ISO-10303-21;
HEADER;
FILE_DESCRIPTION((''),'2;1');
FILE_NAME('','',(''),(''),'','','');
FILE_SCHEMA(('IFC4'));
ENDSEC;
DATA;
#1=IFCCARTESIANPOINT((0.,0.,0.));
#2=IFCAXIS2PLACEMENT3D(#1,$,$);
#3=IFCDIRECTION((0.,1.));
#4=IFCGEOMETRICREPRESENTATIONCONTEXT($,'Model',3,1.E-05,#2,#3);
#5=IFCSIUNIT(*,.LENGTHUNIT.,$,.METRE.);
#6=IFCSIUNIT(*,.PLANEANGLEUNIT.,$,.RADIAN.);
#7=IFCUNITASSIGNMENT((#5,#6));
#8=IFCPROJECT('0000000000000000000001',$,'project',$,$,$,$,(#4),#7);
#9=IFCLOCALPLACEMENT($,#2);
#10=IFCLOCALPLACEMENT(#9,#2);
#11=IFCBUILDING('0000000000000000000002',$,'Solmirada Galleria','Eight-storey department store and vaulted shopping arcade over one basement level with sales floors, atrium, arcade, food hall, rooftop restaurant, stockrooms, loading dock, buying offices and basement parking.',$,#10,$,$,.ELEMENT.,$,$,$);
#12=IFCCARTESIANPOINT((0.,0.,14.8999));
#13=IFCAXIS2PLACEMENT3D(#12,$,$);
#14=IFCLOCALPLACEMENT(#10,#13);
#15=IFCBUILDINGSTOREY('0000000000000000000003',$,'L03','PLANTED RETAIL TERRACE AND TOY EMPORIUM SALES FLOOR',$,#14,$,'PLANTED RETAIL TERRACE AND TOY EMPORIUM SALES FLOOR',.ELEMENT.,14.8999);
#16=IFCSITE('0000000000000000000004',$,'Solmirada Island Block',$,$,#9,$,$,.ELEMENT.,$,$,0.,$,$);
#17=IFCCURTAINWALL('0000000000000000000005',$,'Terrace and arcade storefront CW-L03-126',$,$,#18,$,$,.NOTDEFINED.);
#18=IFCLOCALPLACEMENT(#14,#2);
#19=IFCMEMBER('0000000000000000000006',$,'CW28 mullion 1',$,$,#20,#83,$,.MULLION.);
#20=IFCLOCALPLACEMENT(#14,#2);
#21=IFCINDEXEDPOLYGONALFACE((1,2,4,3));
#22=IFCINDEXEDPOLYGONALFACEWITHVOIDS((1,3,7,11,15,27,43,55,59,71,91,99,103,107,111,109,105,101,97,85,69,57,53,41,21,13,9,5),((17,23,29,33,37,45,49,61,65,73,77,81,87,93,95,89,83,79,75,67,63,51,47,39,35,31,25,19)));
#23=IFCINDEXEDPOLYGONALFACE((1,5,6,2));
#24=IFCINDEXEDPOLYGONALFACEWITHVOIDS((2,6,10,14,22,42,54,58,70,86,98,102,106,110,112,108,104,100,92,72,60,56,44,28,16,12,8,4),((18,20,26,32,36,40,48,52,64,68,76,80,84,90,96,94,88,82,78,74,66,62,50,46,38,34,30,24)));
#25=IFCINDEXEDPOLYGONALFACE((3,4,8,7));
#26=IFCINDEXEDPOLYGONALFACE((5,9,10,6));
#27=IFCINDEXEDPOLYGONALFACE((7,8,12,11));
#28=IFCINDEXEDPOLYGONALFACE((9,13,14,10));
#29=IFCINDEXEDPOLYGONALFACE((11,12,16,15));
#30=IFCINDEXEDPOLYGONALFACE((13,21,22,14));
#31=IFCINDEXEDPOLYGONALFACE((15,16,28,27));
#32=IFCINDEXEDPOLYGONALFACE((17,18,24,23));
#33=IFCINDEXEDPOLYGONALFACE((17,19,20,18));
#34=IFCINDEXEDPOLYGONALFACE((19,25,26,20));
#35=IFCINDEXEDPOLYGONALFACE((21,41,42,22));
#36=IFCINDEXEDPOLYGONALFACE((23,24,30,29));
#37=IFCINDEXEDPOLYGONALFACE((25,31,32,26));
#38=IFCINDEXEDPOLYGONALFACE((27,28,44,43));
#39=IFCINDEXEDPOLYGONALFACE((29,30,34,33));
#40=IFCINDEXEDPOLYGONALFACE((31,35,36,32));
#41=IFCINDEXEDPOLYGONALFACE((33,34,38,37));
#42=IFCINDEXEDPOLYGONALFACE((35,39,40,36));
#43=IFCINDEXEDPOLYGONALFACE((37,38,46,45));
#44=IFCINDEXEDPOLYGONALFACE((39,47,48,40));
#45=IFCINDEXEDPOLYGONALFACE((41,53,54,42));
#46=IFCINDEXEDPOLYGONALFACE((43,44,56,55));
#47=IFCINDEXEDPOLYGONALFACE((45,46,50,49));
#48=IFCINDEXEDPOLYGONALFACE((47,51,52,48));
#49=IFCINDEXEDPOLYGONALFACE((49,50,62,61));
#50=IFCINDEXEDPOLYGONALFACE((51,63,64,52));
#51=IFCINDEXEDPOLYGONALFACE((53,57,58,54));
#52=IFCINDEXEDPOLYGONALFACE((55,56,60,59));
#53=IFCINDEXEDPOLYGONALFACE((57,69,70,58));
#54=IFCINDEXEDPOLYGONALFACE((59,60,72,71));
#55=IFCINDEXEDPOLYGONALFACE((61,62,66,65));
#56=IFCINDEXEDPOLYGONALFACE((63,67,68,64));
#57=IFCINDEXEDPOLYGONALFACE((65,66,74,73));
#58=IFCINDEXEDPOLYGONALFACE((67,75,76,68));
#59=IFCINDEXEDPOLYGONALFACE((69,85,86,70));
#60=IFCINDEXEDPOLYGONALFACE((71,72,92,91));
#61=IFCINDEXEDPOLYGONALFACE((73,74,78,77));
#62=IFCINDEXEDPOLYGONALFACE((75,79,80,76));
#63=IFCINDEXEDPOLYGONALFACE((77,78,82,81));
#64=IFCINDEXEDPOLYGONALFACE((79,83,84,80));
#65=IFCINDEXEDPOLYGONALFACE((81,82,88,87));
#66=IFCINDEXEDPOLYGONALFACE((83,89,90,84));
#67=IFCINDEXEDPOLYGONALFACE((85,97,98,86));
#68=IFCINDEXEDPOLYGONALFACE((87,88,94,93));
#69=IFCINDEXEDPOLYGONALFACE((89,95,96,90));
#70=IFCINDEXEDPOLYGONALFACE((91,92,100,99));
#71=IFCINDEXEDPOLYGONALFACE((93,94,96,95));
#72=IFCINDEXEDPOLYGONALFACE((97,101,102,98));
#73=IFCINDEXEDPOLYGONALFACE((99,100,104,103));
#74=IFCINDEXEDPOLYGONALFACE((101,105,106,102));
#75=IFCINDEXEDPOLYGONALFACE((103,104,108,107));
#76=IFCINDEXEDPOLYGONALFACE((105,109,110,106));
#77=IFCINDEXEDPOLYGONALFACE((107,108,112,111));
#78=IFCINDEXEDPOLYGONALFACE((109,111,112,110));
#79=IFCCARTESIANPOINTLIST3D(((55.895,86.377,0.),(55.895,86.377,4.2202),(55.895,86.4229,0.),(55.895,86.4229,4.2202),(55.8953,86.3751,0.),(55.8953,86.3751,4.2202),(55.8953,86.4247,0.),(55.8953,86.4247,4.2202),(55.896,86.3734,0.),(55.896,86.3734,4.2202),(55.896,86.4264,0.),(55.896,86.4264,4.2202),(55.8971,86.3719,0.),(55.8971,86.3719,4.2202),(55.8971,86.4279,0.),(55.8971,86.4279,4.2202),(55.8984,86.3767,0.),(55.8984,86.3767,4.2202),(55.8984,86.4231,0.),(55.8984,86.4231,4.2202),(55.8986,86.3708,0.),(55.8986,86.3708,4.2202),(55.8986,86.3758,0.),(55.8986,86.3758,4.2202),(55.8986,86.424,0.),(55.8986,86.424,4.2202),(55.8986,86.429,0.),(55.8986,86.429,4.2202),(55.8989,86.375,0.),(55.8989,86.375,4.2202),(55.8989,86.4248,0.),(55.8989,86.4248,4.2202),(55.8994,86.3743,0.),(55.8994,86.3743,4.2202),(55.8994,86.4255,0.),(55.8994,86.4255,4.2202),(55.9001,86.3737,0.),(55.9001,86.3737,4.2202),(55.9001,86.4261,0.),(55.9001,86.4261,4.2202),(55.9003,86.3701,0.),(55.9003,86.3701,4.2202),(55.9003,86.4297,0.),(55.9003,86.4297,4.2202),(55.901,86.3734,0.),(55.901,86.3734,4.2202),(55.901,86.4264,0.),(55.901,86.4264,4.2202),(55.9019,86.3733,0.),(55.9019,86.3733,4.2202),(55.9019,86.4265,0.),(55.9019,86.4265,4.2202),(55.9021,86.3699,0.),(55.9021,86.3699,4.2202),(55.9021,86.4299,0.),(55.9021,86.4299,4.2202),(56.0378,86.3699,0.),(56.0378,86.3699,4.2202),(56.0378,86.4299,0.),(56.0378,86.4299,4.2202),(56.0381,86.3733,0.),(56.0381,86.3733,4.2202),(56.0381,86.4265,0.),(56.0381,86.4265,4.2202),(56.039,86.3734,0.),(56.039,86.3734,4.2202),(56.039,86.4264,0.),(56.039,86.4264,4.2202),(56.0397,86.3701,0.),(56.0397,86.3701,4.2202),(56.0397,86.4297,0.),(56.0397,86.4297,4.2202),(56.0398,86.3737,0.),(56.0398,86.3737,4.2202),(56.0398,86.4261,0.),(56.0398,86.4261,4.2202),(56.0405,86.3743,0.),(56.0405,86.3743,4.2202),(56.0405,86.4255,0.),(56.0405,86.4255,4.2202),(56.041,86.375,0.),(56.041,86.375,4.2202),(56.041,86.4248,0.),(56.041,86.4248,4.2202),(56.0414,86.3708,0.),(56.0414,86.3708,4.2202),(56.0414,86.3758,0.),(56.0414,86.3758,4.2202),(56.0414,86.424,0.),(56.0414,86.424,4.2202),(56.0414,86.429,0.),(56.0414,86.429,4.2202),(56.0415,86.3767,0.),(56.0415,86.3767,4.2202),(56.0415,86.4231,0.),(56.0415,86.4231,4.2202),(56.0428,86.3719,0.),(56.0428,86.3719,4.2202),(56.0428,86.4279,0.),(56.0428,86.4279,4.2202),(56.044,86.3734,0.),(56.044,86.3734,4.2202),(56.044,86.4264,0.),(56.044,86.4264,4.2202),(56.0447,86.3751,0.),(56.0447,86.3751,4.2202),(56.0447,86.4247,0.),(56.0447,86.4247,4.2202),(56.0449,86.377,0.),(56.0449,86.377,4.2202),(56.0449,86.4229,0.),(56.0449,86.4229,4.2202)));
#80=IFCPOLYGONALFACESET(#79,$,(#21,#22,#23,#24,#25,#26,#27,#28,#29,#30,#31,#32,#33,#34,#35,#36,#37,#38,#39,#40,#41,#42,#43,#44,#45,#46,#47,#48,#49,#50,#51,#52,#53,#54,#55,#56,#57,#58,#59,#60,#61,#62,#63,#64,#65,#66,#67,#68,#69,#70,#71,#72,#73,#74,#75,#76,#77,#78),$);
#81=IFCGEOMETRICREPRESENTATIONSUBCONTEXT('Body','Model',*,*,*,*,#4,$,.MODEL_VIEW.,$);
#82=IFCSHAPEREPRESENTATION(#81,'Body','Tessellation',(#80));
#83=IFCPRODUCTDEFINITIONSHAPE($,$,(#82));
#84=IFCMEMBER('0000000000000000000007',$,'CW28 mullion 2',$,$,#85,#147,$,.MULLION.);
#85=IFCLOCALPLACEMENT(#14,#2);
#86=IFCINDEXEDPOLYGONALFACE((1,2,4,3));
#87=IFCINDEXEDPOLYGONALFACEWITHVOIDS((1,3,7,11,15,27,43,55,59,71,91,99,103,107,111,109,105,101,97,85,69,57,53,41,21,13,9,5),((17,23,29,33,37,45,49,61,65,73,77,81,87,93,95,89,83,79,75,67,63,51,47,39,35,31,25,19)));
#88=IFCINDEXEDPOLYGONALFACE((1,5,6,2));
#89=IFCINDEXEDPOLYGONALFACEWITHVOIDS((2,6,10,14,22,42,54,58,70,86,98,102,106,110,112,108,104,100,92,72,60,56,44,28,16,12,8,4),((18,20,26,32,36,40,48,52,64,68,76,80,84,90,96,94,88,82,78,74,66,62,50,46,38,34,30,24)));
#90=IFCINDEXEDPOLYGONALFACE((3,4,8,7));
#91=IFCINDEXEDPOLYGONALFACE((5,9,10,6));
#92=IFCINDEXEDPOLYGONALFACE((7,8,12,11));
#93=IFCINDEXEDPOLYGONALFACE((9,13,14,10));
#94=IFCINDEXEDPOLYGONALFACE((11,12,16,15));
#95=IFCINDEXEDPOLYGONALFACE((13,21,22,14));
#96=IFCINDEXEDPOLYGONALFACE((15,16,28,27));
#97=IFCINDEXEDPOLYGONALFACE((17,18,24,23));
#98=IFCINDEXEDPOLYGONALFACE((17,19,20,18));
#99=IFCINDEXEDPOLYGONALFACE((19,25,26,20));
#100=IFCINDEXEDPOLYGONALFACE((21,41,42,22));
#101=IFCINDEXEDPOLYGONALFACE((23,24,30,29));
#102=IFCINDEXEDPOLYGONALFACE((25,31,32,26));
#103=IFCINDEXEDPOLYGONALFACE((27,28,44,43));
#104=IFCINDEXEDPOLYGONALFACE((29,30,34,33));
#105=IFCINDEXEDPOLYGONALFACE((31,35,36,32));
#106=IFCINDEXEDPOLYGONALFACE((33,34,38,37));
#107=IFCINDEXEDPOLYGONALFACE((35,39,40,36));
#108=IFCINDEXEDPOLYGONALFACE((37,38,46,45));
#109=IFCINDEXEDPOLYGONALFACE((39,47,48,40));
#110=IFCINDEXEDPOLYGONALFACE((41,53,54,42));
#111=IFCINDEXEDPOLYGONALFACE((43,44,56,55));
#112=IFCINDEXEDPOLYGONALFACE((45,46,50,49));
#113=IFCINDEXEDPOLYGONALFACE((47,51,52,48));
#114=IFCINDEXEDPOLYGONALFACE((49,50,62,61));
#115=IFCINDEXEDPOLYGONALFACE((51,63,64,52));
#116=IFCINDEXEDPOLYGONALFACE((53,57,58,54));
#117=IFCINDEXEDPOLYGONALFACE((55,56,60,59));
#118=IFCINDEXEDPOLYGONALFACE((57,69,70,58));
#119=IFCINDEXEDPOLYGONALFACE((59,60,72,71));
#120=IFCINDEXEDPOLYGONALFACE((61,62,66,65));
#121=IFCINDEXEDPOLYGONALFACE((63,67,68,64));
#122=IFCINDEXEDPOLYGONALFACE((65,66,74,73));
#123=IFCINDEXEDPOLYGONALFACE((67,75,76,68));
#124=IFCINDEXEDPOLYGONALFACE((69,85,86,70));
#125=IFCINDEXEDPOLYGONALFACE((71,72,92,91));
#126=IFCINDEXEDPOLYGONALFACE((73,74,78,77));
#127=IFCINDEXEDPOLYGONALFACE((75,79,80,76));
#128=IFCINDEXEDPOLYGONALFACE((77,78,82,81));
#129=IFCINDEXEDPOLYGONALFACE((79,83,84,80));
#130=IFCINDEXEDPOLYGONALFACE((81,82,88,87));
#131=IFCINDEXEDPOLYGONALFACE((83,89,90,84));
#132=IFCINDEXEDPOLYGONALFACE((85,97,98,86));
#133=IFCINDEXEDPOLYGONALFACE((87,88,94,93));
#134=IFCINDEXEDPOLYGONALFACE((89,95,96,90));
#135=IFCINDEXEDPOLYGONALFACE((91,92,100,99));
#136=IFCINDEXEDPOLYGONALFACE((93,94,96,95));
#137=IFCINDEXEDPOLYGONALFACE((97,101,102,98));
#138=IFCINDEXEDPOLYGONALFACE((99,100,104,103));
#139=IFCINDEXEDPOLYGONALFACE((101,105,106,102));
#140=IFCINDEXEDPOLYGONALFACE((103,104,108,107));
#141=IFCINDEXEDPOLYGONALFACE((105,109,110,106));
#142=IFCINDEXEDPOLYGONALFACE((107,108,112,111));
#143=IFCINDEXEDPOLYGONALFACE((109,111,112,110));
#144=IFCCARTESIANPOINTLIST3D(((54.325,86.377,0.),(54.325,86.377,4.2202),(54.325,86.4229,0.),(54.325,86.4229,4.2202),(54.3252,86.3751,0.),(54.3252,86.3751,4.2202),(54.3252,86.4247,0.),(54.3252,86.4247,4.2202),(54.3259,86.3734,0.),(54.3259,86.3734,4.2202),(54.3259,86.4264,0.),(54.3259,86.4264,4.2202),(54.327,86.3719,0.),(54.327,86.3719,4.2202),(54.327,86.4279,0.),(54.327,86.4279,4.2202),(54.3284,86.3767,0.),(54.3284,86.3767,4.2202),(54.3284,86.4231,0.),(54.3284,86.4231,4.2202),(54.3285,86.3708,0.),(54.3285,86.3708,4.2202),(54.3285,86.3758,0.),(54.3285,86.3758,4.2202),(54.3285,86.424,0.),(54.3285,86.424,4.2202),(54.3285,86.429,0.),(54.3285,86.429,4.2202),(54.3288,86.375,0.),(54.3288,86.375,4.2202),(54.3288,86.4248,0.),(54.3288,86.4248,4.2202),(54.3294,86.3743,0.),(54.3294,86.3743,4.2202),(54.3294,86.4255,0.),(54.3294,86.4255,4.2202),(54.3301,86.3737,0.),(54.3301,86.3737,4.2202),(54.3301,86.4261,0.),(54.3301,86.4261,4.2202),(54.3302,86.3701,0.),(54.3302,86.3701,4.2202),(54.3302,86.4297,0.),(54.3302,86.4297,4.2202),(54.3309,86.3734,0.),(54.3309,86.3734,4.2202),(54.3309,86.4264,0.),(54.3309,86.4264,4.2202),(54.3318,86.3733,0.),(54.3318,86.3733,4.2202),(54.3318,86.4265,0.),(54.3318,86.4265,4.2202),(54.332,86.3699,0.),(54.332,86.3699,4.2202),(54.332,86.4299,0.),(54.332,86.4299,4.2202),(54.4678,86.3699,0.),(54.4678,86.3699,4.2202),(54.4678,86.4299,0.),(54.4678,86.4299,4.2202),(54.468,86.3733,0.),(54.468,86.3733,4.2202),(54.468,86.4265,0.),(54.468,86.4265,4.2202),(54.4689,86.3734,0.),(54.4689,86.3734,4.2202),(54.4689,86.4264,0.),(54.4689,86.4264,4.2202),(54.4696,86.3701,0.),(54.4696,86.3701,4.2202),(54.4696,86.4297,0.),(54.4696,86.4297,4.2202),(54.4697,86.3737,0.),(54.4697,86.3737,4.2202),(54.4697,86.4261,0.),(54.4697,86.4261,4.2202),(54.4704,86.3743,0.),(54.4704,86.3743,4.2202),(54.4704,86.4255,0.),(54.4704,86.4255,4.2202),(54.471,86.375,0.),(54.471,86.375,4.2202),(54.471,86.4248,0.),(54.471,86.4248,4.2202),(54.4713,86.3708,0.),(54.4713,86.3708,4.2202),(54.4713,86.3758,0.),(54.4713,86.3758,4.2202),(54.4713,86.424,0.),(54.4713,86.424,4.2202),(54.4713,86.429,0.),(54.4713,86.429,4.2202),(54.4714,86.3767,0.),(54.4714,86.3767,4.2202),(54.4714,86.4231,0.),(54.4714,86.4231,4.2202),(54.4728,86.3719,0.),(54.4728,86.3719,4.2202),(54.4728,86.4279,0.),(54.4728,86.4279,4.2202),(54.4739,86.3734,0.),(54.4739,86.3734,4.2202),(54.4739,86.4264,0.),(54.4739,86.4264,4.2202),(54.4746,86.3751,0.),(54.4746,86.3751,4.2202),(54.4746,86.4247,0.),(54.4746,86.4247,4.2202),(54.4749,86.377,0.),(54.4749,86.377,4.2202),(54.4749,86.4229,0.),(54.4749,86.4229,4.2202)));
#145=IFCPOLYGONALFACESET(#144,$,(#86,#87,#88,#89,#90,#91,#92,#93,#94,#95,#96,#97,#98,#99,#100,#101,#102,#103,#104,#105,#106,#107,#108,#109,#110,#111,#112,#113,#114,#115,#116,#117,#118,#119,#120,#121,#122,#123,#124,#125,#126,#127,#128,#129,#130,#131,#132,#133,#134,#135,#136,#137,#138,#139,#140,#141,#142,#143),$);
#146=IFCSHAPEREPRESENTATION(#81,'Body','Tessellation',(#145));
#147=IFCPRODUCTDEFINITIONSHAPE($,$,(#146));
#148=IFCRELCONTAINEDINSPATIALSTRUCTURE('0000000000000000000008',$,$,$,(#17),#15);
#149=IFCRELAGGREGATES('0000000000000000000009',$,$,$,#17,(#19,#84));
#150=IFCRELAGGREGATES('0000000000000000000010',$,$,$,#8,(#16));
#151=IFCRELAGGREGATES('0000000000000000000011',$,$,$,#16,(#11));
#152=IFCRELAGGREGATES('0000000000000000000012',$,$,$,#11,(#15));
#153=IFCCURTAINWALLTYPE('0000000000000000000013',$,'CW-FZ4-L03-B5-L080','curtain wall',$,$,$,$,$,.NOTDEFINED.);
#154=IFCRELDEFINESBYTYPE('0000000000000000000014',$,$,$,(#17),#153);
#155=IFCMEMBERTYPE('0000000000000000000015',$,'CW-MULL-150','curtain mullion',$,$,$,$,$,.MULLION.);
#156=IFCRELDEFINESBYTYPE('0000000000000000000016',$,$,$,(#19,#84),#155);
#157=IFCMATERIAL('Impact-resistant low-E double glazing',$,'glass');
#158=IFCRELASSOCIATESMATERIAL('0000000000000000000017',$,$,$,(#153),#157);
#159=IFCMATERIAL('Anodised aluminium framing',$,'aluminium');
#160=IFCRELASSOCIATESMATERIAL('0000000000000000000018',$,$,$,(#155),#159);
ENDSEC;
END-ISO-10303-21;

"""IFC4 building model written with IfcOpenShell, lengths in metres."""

from ifc_helpers import new_model, si_unit, direction, frame, origin, origin_2d, place, context, subcontext, project, spatial, hollow_rectangle, extrude, material, material_profile, profile_set, type_object, element, aggregate, save


model = new_model("IFC4")

# Units and contexts
model_context = context("Model", 3, precision=1e-05, world=origin(), true_north=direction((0.0, 1.0)))
body_context = subcontext(model_context, "Body", "Model", "MODEL_VIEW")
ifc_project = project(units=[si_unit("LENGTHUNIT", "METRE"), si_unit("PLANEANGLEUNIT", "RADIAN")], contexts=[model_context])

# Site, building, storey
site_placement = place(None, origin())
site = spatial("IfcSite", under=ifc_project, at=site_placement, Name="Solmirada Island Block", CompositionType="ELEMENT", RefElevation=0.0)
building_placement = place(site_placement, origin())
building = spatial("IfcBuilding", under=site, at=building_placement, Name="Solmirada Galleria", Description="Eight-storey department store and vaulted shopping arcade over one basement level with sales floors, atrium, arcade, food hall, rooftop restaurant, stockrooms, loading dock, buying offices and basement parking.", CompositionType="ELEMENT")
storey_placement = place(building_placement, frame((0.0, 0.0, 14.8999)))
storey = spatial("IfcBuildingStorey", under=building, at=storey_placement, Name="L03", Description="PLANTED RETAIL TERRACE AND TOY EMPORIUM SALES FLOOR", LongName="PLANTED RETAIL TERRACE AND TOY EMPORIUM SALES FLOOR", CompositionType="ELEMENT", Elevation=14.8999)

# Curtain wall, members
ifc_material_1 = material(Name="Impact-resistant low-E double glazing", Category="glass")
curtain_wall_type = type_object("IfcCurtainWallType", Name="CW-FZ4-L03-B5-L080", Description="curtain wall", PredefinedType="NOTDEFINED", material=ifc_material_1)
curtain_wall_placement = place(storey_placement, origin())
curtain_wall = element("IfcCurtainWall", 1, at=curtain_wall_placement, inside=storey, type_object=curtain_wall_type, Name="Terrace and arcade storefront CW-L03-126", PredefinedType="NOTDEFINED")
ifc_material_2 = material(Name="Anodised aluminium framing", Category="aluminium")
ifc_material_profile_1 = material_profile(ifc_material_2, hollow_rectangle(XDim=0.0601, YDim=0.1499, WallThickness=0.0034, InnerFilletRadius=0.0034, OuterFilletRadius=0.0071, at=origin_2d()), Name="ALU-MULL-150X60")
ifc_profile_set_1 = profile_set([ifc_material_profile_1], Name="Anodised aluminium framing")
member_type_1 = type_object("IfcMemberType", Name="CW-MULL-150", Description="curtain mullion", PredefinedType="MULLION", material=ifc_profile_set_1)
member_1_placement = place(storey_placement, frame((55.97, 86.3999, 0.0), z_axis=(0.0, 0.0, 1.0), x_axis=(0.0, -1.0, 0.0)))
member_1 = element("IfcMember", 2, at=member_1_placement, type_object=member_type_1, Name="CW28 mullion 1", PredefinedType="MULLION", context=body_context, shape_type="SweptSolid", body=[
    extrude(hollow_rectangle(XDim=0.0601, YDim=0.1499, WallThickness=0.0034, InnerFilletRadius=0.0034, OuterFilletRadius=0.0071, at=origin_2d()), origin(), (0.0, 0.0, 1.0), 4.2202),
])
member_2_placement = place(storey_placement, frame((54.3999, 86.3999, 0.0), z_axis=(0.0, 0.0, 1.0), x_axis=(0.0, -1.0, 0.0)))
member_2 = element("IfcMember", 3, at=member_2_placement, type_object=member_type_1, Name="CW28 mullion 2", PredefinedType="MULLION", context=body_context, shape_type="SweptSolid", body=[
    extrude(hollow_rectangle(XDim=0.0601, YDim=0.1499, WallThickness=0.0034, InnerFilletRadius=0.0034, OuterFilletRadius=0.0071, at=origin_2d()), origin(), (0.0, 0.0, 1.0), 4.2202),
])
aggregate(curtain_wall, [member_1, member_2])

save(model, "model.ifc")
